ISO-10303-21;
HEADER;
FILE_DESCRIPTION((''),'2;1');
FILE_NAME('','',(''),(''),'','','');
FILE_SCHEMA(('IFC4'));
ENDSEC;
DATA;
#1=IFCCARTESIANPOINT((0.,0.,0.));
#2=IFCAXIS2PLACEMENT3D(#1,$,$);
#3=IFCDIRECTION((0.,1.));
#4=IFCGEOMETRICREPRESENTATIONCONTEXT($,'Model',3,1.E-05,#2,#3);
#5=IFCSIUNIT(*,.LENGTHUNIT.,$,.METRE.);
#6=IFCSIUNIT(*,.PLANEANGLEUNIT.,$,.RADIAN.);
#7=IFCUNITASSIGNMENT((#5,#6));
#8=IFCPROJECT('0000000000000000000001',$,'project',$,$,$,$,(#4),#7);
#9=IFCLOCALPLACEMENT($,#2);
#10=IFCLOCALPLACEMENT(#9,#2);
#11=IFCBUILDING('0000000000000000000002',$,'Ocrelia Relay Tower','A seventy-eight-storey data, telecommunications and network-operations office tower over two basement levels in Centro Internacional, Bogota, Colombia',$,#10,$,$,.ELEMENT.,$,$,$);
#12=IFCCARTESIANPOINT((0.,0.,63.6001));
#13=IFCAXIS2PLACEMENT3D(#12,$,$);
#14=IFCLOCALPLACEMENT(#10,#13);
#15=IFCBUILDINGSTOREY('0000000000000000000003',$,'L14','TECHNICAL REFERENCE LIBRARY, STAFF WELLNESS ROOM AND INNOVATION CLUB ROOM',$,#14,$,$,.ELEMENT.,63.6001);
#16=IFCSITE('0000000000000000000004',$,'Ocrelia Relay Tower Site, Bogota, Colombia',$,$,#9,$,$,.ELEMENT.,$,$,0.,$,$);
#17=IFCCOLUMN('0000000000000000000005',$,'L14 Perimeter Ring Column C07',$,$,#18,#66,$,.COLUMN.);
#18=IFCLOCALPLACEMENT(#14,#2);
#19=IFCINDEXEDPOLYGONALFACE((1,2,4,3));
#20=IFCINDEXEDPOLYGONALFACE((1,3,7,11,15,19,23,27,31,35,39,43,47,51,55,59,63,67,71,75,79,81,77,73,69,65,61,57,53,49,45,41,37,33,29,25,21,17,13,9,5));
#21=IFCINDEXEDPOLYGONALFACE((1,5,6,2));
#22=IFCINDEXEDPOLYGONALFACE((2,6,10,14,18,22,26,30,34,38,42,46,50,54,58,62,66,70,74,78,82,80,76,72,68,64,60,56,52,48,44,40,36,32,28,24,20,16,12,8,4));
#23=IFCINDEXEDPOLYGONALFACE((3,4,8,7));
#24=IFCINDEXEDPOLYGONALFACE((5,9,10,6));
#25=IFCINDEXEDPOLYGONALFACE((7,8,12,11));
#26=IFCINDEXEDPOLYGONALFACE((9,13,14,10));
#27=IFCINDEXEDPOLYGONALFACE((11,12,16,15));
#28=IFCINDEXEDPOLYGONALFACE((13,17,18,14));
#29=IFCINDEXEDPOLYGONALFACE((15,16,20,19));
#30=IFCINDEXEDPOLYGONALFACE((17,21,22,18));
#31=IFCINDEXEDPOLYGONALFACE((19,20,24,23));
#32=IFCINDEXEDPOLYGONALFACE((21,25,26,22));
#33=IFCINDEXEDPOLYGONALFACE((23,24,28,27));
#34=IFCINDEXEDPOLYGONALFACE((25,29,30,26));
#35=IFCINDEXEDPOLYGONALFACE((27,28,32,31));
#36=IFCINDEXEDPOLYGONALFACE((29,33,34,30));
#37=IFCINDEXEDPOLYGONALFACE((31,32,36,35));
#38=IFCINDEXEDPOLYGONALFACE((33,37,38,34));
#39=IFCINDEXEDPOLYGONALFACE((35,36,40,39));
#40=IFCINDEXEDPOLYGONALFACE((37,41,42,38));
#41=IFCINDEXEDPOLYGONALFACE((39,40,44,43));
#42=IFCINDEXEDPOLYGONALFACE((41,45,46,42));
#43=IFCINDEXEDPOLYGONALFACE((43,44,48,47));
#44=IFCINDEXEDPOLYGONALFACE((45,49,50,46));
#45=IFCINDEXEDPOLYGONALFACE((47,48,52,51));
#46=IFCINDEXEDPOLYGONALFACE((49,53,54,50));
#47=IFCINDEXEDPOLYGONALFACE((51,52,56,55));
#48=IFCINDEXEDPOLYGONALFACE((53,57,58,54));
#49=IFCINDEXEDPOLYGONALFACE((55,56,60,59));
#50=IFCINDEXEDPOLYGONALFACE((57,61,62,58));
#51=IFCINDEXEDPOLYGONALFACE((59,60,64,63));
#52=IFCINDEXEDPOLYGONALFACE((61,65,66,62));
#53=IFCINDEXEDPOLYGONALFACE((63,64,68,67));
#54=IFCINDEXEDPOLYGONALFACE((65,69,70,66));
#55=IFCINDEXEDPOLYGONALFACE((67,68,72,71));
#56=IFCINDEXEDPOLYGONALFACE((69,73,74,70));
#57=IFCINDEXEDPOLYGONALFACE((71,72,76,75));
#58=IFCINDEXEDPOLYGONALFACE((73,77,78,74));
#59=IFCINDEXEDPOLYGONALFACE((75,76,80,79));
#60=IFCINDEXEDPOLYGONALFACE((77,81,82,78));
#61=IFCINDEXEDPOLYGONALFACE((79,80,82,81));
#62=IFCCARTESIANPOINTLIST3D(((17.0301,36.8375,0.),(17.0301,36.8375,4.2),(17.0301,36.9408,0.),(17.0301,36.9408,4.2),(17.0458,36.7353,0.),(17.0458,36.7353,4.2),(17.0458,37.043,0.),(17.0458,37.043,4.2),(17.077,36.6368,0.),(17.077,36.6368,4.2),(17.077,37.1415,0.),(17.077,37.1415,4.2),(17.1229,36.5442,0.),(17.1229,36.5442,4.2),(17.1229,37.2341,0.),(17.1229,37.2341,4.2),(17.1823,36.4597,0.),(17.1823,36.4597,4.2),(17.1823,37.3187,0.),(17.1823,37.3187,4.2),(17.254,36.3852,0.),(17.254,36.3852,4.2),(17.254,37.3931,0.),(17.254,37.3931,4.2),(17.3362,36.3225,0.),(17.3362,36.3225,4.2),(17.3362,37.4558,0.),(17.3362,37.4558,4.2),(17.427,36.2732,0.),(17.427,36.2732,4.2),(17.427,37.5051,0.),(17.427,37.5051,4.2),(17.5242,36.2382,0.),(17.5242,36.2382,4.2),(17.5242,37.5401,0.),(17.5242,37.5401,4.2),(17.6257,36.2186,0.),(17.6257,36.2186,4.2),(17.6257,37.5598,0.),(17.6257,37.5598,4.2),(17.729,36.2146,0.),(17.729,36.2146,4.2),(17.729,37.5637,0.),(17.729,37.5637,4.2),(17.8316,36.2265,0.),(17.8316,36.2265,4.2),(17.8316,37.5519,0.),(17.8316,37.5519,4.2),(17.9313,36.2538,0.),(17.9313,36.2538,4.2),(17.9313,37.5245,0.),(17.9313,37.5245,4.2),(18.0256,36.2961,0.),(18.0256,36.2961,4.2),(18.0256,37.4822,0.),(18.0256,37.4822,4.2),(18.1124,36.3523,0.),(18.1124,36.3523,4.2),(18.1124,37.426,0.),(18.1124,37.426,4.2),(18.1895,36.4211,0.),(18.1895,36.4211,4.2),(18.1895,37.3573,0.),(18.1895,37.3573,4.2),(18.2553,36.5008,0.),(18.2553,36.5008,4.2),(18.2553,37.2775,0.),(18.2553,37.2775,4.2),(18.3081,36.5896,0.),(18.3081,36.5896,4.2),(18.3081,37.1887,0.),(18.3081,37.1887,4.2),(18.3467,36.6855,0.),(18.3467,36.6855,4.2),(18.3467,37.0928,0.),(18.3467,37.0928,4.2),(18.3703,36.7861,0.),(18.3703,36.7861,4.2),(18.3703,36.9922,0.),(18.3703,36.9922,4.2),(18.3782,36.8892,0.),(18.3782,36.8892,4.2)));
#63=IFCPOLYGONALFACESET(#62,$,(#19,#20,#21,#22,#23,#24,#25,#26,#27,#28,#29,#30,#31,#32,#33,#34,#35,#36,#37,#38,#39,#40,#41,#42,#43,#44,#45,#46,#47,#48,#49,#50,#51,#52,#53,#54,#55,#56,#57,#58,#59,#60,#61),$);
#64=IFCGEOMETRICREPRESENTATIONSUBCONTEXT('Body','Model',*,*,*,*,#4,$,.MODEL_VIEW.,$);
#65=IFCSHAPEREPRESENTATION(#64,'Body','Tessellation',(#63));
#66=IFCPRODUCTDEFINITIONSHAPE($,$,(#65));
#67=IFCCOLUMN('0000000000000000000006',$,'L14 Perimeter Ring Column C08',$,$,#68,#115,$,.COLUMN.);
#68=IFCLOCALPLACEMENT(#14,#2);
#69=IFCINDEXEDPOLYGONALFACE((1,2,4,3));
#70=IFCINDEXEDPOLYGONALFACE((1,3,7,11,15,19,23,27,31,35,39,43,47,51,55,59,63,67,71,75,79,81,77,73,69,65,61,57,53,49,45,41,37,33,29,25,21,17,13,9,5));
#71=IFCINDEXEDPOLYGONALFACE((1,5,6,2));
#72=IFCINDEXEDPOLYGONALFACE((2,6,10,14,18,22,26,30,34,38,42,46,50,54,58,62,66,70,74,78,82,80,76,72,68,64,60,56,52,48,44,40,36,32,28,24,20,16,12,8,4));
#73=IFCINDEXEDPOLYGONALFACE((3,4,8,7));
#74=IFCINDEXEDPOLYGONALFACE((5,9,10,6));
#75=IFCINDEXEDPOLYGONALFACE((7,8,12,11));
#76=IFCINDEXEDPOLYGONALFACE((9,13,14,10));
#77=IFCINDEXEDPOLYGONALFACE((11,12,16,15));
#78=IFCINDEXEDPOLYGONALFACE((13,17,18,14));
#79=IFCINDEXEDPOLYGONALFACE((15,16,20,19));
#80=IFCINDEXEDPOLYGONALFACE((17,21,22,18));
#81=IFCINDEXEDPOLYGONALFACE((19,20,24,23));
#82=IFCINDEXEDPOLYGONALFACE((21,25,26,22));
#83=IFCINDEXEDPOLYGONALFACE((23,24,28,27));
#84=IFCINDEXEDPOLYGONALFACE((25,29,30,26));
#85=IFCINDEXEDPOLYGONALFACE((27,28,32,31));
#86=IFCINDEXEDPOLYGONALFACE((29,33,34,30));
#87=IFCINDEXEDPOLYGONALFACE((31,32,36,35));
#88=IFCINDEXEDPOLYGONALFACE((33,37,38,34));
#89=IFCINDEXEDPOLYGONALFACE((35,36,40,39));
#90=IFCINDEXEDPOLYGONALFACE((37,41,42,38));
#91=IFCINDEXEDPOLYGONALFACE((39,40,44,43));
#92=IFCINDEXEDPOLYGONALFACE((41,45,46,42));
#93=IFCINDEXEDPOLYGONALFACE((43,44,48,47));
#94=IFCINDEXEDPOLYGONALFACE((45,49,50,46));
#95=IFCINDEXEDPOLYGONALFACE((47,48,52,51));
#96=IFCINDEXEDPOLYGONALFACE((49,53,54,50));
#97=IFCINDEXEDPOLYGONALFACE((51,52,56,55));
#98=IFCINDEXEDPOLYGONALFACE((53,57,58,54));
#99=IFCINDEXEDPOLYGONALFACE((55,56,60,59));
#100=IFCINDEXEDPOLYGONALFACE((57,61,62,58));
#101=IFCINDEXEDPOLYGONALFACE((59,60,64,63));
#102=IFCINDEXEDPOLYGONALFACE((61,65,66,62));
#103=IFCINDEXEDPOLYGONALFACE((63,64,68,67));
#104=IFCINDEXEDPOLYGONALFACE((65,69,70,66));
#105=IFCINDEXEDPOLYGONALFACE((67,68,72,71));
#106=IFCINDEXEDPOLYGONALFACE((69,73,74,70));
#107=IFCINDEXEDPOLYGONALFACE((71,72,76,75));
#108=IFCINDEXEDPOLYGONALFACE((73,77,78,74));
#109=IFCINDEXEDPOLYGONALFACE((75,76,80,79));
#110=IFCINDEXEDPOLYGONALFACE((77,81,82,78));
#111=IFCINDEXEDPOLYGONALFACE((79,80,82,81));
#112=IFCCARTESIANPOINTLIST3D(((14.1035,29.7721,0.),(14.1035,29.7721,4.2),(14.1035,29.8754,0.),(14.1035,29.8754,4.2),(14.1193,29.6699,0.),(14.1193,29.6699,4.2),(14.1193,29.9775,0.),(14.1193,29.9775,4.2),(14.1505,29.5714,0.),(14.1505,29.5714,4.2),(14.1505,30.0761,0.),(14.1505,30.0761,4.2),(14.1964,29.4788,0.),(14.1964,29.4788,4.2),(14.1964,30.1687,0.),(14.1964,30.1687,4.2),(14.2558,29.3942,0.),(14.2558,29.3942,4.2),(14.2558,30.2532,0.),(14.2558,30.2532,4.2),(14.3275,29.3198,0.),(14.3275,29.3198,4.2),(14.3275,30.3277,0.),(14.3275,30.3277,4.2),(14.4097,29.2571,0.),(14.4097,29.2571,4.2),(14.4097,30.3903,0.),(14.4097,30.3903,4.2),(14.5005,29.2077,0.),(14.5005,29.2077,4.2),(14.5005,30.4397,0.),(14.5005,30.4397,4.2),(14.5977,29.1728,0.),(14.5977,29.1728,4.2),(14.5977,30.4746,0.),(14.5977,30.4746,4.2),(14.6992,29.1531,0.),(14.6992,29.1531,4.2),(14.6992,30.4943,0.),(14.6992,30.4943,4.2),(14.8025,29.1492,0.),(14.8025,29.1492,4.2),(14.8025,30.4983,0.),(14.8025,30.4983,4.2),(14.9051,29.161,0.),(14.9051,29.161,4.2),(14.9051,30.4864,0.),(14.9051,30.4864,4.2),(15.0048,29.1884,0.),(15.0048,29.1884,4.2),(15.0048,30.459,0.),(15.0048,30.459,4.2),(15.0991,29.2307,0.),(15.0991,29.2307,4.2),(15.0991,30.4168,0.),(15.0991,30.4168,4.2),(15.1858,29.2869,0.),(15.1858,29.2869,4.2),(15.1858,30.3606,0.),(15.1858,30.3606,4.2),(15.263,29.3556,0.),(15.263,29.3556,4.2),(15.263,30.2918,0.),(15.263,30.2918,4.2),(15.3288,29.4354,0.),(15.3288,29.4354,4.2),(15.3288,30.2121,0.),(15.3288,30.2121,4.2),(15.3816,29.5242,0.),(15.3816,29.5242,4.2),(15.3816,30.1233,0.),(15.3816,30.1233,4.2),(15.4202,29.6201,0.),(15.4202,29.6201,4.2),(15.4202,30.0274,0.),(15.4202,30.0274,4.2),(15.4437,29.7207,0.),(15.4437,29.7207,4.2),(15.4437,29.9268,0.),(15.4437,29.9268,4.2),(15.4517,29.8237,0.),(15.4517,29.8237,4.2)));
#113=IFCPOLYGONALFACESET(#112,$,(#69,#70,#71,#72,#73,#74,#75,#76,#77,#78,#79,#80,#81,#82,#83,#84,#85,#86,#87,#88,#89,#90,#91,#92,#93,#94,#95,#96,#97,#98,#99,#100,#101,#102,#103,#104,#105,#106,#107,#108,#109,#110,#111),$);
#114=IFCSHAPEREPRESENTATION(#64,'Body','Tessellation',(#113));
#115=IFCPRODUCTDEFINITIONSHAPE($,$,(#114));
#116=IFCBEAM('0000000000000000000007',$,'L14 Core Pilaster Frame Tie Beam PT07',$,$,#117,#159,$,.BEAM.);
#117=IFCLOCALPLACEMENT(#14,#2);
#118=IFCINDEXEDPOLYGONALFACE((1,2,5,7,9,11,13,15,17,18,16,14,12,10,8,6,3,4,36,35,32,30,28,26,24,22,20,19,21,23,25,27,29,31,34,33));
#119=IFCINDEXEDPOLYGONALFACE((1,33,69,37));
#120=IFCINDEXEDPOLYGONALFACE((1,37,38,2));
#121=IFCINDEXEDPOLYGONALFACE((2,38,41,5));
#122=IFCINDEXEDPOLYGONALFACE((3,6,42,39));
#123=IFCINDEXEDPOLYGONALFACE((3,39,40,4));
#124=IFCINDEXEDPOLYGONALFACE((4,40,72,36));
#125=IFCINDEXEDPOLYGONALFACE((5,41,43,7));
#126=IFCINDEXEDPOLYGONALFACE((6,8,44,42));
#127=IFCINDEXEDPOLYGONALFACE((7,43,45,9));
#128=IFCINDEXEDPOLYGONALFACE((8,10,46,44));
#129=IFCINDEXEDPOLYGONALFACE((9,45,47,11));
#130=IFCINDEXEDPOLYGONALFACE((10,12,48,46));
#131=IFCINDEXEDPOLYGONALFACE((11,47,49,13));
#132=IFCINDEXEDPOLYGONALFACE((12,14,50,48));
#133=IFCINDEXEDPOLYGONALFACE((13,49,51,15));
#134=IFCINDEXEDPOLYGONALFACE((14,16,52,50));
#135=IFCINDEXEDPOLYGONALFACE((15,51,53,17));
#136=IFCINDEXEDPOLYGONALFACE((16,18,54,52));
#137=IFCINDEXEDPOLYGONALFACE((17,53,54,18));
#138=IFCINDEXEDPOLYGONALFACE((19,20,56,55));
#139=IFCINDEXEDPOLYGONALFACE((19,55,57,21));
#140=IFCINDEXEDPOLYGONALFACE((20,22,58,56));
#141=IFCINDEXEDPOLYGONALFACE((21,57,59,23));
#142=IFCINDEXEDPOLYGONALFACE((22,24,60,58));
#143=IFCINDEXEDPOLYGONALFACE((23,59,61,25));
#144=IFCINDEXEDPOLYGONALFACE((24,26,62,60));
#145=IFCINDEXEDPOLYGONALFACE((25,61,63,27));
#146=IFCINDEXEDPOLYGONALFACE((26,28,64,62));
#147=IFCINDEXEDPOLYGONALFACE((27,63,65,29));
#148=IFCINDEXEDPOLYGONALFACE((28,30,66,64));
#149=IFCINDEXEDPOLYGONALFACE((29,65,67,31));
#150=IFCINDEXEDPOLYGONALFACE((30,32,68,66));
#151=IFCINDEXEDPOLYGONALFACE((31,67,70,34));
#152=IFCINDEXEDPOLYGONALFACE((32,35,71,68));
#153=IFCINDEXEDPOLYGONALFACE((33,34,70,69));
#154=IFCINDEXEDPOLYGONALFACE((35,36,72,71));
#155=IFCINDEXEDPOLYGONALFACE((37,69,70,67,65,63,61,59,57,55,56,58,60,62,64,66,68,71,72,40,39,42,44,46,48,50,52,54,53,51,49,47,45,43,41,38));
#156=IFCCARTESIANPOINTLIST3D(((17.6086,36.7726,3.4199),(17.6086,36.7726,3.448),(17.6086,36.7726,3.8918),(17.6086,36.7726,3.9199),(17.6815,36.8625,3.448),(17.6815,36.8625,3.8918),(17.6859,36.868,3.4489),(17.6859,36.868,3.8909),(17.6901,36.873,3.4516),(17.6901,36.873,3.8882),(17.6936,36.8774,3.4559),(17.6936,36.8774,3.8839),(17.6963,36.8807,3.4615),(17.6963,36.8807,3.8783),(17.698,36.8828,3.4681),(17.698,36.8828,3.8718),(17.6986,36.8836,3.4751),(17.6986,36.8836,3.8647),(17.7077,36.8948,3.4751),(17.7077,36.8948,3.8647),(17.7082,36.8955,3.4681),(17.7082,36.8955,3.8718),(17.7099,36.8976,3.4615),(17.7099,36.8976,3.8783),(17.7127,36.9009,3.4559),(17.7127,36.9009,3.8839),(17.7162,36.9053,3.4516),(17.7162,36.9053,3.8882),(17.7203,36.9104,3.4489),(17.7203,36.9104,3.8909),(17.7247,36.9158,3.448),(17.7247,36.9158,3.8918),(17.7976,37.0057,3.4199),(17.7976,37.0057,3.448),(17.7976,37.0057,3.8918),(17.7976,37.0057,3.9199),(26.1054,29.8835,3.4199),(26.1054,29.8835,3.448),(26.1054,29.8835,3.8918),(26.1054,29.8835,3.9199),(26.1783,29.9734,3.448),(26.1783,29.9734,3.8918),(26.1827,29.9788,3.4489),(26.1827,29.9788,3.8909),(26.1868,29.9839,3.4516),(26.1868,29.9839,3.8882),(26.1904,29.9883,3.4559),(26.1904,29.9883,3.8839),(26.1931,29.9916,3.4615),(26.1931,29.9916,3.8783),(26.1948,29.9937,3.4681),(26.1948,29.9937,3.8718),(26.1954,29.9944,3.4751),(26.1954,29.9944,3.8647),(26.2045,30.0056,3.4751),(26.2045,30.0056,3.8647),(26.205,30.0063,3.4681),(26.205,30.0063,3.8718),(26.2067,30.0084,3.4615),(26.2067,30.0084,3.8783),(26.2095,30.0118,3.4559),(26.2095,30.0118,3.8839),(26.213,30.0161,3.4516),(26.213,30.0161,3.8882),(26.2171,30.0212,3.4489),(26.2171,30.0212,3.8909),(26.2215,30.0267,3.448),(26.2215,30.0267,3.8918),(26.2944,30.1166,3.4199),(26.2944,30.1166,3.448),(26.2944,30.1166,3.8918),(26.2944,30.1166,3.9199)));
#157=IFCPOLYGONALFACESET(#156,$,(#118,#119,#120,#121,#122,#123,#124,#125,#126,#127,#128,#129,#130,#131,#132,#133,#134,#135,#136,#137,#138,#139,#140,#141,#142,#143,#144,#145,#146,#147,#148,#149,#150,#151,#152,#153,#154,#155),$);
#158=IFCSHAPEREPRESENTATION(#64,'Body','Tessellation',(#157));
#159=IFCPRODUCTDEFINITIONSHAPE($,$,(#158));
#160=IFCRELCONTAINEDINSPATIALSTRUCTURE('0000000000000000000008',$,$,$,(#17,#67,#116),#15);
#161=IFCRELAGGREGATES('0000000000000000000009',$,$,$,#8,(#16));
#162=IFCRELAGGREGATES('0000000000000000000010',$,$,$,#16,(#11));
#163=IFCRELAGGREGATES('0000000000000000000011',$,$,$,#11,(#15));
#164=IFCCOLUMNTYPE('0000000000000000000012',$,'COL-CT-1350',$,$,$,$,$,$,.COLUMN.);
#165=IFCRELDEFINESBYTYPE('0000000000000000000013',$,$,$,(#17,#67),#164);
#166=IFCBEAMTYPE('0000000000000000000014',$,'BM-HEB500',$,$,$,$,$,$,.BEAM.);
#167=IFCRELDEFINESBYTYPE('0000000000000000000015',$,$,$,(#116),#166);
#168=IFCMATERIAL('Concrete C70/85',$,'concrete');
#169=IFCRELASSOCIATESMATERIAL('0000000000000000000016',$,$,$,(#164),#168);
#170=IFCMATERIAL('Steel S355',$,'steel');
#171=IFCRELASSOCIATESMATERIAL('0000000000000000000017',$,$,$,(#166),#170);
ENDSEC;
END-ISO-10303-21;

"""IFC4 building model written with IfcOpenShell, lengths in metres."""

from ifc_helpers import new_model, si_unit, direction, frame, origin, origin_2d, place, context, subcontext, project, spatial, circle, i_section, extrude, material, material_profile, profile_set, type_object, element, save


model = new_model("IFC4")

# Units and contexts
model_context = context("Model", 3, precision=1e-05, world=origin(), true_north=direction((0.0, 1.0)))
body_context = subcontext(model_context, "Body", "Model", "MODEL_VIEW")
ifc_project = project(units=[si_unit("LENGTHUNIT", "METRE"), si_unit("PLANEANGLEUNIT", "RADIAN")], contexts=[model_context])

# Site, building, storey
site_placement = place(None, origin())
site = spatial("IfcSite", under=ifc_project, at=site_placement, Name="Ocrelia Relay Tower Site, Bogota, Colombia", CompositionType="ELEMENT", RefElevation=0.0)
building_placement = place(site_placement, origin())
building = spatial("IfcBuilding", under=site, at=building_placement, Name="Ocrelia Relay Tower", Description="A seventy-eight-storey data, telecommunications and network-operations office tower over two basement levels in Centro Internacional, Bogota, Colombia", CompositionType="ELEMENT")
storey_placement = place(building_placement, frame((0.0, 0.0, 63.6001)))
storey = spatial("IfcBuildingStorey", under=building, at=storey_placement, Name="L14", Description="TECHNICAL REFERENCE LIBRARY, STAFF WELLNESS ROOM AND INNOVATION CLUB ROOM", CompositionType="ELEMENT", Elevation=63.6001)

# Columns
ifc_material_1 = material(Name="Concrete C70/85", Category="concrete")
ifc_material_profile_1 = material_profile(ifc_material_1, circle(Radius=0.675, at=origin_2d()), Name="RC-CIR-1350")
ifc_profile_set_1 = profile_set([ifc_material_profile_1], Name="Concrete C70/85")
column_type = type_object("IfcColumnType", Name="COL-CT-1350", PredefinedType="COLUMN", material=ifc_profile_set_1)
for number, where, z_axis, x_axis, name in (
    (1, (17.7031, 36.8892, 0.0), (0.0, 0.0, 1.0), (1.0, 0.0, 0.0), "L14 Perimeter Ring Column C07"),
    (2, (14.7766, 29.8237, 0.0), (0.0, 0.0, 1.0), (1.0, 0.0, 0.0), "L14 Perimeter Ring Column C08"),
):
    element("IfcColumn", number, at=place(storey_placement, frame(where, z_axis=z_axis, x_axis=x_axis)), inside=storey, type_object=column_type, Name=name, PredefinedType="COLUMN", context=body_context, shape_type="SweptSolid", body=[
        extrude(circle(Radius=0.675, at=origin_2d()), origin(), (0.0, 0.0, 1.0), 4.2),
    ])

# Beam
ifc_material_2 = material(Name="Steel S355", Category="steel")
ifc_material_profile_2 = material_profile(ifc_material_2, i_section(OverallWidth=0.3, OverallDepth=0.5, WebThickness=0.0144, FlangeThickness=0.0281, FilletRadius=0.0271, at=origin_2d()), Name="HEB 500")
ifc_profile_set_2 = profile_set([ifc_material_profile_2], Name="Steel S355")
beam_type_1 = type_object("IfcBeamType", Name="BM-HEB500", PredefinedType="BEAM", material=ifc_profile_set_2)
beam_1_placement = place(storey_placement, frame((17.7031, 36.8892, 3.6699), z_axis=(0.776763, -0.629793, 0.0), x_axis=(0.629793, 0.776763, 0.0)))
element("IfcBeam", 3, at=beam_1_placement, inside=storey, type_object=beam_type_1, Name="L14 Core Pilaster Frame Tie Beam PT07", PredefinedType="BEAM", context=body_context, shape_type="SweptSolid", body=[
    extrude(i_section(OverallWidth=0.3, OverallDepth=0.5, WebThickness=0.0144, FlangeThickness=0.0281, FilletRadius=0.0271, at=origin_2d()), origin(), (0.0, 0.0, 1.0), 10.9387),
])

save(model, "model.ifc")
